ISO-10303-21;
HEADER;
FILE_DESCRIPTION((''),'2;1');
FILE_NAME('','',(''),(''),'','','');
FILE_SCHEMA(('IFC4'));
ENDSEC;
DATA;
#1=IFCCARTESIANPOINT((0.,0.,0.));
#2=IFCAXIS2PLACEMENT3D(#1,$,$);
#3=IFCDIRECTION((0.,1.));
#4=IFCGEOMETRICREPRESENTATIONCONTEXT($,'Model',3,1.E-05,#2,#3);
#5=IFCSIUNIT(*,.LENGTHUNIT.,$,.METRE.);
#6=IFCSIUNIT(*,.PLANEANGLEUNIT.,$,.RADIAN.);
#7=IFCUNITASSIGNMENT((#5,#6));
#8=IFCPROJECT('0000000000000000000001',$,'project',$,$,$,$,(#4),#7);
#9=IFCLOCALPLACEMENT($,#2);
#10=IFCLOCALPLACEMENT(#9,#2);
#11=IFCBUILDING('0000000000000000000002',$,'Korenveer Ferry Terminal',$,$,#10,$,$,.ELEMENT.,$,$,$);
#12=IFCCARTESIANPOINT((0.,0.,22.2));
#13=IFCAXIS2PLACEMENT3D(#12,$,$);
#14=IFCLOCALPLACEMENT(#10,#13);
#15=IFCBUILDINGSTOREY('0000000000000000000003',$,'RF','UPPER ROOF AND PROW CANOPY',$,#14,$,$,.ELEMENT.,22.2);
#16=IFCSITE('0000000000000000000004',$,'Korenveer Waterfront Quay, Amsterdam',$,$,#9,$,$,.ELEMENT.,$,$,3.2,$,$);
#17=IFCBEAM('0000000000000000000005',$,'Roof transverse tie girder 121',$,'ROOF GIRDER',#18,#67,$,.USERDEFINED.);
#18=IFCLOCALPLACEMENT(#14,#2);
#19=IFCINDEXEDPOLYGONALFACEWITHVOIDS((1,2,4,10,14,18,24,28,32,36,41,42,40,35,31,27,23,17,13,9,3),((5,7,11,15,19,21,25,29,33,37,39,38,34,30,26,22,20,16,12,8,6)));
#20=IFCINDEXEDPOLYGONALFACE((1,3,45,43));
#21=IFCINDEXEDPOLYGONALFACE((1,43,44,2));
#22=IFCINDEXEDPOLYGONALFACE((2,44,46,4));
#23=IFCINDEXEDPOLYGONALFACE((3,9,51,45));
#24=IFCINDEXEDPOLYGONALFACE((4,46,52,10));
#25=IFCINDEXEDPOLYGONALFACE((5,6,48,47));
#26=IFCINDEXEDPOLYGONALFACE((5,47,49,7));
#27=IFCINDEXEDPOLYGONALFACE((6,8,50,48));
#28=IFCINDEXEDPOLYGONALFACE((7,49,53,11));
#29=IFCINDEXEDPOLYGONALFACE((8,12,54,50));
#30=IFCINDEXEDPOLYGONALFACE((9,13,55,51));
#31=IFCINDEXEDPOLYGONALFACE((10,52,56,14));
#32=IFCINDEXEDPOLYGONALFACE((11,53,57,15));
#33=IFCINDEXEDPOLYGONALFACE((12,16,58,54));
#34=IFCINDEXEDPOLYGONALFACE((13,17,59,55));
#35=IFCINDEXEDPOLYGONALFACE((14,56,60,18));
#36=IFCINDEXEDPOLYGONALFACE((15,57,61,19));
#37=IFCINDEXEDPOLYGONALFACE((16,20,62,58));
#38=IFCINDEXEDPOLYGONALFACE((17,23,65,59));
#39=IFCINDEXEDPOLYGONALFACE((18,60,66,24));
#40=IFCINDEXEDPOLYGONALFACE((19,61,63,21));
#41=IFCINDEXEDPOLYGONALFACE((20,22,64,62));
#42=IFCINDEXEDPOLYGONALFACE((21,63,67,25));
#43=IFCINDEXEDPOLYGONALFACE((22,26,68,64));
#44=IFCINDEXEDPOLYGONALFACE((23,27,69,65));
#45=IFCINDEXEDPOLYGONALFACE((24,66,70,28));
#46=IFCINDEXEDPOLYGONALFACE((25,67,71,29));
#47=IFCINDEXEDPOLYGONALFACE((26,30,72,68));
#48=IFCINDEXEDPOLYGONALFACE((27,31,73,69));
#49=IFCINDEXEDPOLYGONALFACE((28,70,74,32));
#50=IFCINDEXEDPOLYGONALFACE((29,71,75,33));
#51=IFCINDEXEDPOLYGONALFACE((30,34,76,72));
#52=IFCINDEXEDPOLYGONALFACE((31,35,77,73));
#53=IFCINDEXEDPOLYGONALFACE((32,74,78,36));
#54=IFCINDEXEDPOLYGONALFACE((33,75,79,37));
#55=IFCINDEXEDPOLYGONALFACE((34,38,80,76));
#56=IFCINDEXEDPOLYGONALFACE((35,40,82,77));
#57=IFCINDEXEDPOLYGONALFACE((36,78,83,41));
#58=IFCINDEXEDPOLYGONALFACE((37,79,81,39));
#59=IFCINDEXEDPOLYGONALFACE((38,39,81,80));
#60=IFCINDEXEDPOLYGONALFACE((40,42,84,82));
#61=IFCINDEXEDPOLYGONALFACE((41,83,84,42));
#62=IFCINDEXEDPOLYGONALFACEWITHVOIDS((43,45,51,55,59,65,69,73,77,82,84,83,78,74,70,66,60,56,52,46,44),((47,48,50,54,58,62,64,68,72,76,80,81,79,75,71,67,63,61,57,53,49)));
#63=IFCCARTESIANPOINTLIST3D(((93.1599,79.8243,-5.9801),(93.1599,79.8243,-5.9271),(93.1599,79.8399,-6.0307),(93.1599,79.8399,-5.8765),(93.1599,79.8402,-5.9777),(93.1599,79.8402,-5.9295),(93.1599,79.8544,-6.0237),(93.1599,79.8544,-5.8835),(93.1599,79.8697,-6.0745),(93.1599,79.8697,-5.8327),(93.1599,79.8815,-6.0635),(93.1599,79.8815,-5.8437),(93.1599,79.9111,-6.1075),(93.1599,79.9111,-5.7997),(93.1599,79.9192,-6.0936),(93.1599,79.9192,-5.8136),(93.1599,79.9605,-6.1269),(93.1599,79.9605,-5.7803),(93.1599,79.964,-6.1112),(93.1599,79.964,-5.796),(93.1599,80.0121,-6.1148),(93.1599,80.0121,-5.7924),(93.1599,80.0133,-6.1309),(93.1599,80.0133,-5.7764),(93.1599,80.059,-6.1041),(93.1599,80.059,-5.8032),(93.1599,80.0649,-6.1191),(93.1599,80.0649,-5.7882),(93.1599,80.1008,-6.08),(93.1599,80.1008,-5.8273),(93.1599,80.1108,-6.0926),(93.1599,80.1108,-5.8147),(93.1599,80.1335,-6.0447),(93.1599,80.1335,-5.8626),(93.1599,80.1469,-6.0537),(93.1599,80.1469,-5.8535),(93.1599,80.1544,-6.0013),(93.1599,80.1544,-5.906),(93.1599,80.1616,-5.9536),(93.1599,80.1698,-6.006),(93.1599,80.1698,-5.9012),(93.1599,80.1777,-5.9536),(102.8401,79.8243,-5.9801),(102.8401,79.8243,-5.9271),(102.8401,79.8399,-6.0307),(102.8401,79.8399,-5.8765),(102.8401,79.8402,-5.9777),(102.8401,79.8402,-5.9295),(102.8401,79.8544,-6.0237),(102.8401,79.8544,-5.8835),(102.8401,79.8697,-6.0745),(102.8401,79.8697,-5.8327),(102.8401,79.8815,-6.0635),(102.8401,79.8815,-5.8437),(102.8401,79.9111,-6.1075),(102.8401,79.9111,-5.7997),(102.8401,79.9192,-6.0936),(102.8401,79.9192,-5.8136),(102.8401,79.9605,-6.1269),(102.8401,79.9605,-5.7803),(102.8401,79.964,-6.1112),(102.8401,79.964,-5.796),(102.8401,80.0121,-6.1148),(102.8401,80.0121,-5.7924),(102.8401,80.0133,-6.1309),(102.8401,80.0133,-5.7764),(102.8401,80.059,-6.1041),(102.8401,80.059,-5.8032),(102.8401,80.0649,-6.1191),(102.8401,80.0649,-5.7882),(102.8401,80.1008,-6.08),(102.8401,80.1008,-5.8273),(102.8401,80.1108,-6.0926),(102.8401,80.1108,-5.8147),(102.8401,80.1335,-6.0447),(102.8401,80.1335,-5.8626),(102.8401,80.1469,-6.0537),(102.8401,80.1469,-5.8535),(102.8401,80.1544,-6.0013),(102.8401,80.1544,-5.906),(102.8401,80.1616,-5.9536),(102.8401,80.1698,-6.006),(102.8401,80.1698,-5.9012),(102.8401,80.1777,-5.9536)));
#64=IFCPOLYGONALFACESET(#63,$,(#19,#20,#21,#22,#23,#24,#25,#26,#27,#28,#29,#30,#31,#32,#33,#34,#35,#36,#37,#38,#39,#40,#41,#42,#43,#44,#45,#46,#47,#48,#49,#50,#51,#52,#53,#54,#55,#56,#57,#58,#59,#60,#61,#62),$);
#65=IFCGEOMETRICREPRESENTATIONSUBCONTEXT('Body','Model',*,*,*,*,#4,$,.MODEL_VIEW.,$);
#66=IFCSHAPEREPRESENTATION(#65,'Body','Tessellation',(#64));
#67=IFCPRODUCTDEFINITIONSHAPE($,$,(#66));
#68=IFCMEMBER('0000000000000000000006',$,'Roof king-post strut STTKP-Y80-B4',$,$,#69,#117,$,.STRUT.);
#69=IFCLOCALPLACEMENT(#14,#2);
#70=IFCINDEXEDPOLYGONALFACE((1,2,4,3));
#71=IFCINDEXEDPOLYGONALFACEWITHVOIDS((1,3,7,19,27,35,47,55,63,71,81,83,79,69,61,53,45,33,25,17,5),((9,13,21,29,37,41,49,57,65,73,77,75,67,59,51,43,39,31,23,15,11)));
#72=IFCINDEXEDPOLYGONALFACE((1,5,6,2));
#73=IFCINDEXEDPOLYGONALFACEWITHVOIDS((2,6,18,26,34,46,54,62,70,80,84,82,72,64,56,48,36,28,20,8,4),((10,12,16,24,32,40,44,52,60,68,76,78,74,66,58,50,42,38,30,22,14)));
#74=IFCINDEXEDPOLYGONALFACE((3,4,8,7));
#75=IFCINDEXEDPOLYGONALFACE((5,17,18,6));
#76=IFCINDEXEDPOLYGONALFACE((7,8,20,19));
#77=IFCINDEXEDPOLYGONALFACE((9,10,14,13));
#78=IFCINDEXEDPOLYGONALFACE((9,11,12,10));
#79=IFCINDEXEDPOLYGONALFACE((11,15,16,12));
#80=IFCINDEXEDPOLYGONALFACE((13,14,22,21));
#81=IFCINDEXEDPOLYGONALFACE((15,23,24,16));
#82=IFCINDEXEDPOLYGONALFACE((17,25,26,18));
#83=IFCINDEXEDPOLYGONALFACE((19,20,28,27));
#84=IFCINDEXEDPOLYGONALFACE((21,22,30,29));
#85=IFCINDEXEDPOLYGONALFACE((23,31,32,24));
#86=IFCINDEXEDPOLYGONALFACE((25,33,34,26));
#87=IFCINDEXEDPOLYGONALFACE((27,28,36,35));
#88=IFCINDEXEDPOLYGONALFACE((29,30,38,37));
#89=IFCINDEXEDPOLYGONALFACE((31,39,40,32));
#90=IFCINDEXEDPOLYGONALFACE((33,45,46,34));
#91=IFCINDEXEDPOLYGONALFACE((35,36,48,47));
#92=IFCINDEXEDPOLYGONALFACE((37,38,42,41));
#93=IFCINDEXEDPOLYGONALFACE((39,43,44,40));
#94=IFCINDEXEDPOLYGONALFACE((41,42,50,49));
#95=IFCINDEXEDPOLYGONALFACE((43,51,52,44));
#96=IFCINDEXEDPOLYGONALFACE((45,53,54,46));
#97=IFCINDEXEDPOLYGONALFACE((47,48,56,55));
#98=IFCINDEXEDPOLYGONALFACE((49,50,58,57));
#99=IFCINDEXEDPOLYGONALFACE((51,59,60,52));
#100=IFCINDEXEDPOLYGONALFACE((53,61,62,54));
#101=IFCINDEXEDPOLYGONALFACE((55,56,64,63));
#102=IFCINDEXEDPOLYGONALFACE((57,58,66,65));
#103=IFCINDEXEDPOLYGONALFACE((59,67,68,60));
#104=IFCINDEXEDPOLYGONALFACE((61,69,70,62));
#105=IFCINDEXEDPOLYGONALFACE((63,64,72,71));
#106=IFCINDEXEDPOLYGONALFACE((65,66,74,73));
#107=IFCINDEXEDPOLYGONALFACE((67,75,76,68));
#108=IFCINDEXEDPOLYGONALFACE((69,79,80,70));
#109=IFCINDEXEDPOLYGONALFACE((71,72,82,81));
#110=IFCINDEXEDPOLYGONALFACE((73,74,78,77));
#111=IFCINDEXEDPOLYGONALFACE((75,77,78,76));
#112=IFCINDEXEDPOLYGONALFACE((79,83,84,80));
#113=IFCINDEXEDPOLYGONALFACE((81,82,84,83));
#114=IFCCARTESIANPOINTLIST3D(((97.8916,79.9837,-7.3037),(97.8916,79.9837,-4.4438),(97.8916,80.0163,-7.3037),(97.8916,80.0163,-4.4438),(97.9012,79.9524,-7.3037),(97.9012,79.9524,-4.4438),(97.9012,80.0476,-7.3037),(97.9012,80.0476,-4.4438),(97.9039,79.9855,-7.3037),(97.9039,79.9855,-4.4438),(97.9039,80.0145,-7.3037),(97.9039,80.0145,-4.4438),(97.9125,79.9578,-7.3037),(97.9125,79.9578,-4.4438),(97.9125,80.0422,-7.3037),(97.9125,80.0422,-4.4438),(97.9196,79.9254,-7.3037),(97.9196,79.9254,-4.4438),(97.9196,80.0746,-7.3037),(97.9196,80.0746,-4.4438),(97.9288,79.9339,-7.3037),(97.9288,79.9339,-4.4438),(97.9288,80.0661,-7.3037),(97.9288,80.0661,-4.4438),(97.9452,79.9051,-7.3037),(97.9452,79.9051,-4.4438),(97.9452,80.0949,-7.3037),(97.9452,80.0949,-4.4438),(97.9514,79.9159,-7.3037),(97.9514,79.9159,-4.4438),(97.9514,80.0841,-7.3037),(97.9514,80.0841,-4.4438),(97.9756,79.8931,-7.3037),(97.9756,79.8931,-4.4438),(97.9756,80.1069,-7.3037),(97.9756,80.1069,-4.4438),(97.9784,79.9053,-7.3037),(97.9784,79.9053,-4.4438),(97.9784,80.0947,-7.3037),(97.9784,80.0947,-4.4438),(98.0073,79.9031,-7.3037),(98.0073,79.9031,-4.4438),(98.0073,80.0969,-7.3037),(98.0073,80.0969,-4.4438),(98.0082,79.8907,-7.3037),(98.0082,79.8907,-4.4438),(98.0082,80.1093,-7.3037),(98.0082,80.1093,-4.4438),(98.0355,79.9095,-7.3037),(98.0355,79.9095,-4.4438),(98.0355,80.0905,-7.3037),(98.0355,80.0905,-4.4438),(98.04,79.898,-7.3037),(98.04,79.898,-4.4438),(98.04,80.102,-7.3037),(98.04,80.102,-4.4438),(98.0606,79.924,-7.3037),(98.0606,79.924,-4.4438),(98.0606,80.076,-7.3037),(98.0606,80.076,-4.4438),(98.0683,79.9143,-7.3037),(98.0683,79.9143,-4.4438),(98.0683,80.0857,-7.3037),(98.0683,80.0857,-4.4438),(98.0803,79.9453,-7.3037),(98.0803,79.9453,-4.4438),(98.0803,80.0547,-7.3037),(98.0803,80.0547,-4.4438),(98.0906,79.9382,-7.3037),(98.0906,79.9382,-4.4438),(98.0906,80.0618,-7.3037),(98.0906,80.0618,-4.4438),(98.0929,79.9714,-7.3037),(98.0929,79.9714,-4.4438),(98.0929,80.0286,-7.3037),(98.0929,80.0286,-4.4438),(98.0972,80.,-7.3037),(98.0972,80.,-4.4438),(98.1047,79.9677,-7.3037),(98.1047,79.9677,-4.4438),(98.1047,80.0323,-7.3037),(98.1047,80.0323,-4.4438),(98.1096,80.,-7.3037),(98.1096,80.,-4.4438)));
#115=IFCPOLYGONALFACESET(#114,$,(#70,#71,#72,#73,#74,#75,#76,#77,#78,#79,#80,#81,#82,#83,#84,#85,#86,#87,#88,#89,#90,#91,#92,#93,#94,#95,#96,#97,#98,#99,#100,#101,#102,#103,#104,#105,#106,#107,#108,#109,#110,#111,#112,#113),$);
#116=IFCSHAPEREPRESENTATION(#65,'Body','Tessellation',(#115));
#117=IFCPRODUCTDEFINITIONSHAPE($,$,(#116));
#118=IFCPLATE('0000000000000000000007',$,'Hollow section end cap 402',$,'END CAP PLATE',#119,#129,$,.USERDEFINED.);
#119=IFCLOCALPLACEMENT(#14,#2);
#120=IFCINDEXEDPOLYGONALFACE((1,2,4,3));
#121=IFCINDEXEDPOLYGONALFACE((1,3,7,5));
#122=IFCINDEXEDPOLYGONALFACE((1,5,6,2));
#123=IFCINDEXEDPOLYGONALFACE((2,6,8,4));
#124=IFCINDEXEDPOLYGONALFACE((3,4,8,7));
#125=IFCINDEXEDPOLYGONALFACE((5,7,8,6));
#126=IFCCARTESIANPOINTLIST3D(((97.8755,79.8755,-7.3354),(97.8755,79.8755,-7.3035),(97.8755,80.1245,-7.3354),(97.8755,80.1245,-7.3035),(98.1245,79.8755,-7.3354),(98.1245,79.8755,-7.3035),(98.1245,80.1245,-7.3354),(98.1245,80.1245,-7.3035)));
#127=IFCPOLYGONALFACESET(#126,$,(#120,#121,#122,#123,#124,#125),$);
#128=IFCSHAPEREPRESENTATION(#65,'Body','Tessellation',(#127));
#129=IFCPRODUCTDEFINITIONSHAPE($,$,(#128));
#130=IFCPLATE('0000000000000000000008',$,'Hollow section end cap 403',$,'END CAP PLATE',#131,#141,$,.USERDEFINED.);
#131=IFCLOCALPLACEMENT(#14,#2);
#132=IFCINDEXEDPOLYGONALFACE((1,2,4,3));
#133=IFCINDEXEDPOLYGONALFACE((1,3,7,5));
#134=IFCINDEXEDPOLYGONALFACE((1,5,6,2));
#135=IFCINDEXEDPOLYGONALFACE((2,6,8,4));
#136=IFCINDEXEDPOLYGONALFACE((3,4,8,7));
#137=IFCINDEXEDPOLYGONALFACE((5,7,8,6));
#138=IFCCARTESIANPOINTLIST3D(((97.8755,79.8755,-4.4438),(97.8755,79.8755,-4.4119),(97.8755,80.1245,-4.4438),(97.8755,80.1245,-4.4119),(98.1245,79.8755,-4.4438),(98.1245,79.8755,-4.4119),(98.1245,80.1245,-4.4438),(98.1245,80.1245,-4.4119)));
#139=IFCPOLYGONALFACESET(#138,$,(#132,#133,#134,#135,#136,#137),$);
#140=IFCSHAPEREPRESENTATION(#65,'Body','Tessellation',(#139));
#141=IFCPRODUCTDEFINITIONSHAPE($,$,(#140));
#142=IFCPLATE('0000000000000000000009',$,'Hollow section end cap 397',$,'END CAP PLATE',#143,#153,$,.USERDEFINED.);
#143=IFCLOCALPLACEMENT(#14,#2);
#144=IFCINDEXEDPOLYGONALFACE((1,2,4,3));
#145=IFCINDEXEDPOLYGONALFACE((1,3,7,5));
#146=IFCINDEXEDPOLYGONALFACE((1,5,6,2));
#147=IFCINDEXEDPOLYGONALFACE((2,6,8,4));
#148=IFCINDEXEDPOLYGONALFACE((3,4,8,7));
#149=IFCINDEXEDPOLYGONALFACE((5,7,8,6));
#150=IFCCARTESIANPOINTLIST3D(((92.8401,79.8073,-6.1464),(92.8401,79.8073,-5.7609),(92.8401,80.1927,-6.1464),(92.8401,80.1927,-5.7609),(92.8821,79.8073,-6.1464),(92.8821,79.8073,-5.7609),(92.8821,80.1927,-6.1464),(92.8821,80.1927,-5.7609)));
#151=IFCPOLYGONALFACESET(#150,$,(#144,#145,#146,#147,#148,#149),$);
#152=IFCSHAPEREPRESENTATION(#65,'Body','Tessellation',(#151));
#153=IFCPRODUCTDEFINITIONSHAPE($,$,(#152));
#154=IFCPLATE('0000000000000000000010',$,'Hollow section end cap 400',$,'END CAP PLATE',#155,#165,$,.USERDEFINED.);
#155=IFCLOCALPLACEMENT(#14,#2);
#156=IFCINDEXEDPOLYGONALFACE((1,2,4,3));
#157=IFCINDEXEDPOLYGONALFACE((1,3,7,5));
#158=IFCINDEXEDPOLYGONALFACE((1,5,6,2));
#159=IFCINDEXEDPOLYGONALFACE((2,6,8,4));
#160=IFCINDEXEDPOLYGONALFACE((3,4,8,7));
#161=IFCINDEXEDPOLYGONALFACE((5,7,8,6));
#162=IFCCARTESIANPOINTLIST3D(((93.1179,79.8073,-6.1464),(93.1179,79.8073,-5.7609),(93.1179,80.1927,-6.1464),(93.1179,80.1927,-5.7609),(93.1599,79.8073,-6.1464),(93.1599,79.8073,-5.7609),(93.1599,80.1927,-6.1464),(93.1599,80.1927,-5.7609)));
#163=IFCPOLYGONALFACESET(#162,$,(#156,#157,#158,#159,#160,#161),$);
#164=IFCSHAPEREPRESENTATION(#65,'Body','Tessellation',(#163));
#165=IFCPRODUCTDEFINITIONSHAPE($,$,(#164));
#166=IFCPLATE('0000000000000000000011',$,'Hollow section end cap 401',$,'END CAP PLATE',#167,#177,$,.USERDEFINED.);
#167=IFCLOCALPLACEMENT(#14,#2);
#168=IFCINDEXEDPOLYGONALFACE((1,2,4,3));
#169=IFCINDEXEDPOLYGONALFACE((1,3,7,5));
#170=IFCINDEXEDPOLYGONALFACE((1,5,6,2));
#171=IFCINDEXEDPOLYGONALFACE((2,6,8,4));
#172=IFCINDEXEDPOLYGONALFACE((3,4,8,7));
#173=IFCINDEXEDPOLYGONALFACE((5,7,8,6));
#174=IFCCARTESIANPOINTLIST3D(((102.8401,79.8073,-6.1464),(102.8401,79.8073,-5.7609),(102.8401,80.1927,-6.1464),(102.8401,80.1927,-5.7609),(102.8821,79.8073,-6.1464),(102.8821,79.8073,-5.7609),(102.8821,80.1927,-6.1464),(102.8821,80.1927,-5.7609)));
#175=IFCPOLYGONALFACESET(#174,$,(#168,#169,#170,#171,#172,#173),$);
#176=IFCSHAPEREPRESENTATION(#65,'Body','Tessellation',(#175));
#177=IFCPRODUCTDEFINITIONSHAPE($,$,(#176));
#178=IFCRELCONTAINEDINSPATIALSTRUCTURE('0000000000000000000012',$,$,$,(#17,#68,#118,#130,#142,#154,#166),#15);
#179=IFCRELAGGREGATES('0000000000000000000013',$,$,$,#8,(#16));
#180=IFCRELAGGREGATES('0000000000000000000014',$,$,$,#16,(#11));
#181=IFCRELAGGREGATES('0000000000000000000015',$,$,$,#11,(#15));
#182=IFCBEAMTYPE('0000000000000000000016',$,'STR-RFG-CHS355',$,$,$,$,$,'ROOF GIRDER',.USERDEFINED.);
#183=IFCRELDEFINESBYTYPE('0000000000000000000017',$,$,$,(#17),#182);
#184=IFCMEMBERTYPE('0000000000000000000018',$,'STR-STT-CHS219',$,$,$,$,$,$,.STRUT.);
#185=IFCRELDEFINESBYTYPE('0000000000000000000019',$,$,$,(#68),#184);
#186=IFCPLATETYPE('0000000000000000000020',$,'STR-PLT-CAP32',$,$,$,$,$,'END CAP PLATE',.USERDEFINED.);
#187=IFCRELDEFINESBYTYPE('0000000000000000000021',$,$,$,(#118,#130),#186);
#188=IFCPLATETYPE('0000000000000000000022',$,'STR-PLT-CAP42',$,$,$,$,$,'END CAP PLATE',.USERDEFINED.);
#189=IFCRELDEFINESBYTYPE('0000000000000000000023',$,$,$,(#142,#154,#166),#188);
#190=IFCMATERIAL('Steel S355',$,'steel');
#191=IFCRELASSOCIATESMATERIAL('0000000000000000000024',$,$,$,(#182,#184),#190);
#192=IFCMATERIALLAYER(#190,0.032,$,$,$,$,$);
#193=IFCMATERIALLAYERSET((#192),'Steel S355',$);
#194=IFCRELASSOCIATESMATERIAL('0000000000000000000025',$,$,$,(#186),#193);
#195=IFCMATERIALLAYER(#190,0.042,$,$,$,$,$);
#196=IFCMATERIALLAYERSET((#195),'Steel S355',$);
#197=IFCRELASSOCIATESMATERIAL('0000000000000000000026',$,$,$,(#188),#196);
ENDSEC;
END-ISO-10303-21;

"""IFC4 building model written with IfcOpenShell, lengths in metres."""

from ifc_helpers import new_model, si_unit, direction, frame, origin, origin_2d, place, context, subcontext, project, spatial, rectangle, hollow_circle, extrude, material, layer, layer_set, material_profile, profile_set, type_object, element, save


model = new_model("IFC4")

# Units and contexts
model_context = context("Model", 3, precision=1e-05, world=origin(), true_north=direction((0.0, 1.0)))
body_context = subcontext(model_context, "Body", "Model", "MODEL_VIEW")
ifc_project = project(units=[si_unit("LENGTHUNIT", "METRE"), si_unit("PLANEANGLEUNIT", "RADIAN")], contexts=[model_context])

# Site, building, storey
site_placement = place(None, origin())
site = spatial("IfcSite", under=ifc_project, at=site_placement, Name="Korenveer Waterfront Quay, Amsterdam", CompositionType="ELEMENT", RefElevation=3.2)
building_placement = place(site_placement, origin())
building = spatial("IfcBuilding", under=site, at=building_placement, Name="Korenveer Ferry Terminal", CompositionType="ELEMENT")
storey_placement = place(building_placement, frame((0.0, 0.0, 22.2)))
storey = spatial("IfcBuildingStorey", under=building, at=storey_placement, Name="RF", Description="UPPER ROOF AND PROW CANOPY", CompositionType="ELEMENT", Elevation=22.2)

# Beam
ifc_material_1 = material(Name="Steel S355", Category="steel")
ifc_material_profile_1 = material_profile(ifc_material_1, hollow_circle(Radius=0.1777, WallThickness=0.0161, at=origin_2d()), Name="CHS 355.6x16")
ifc_profile_set_1 = profile_set([ifc_material_profile_1], Name="Steel S355")
beam_type = type_object("IfcBeamType", Name="STR-RFG-CHS355", ElementType="ROOF GIRDER", PredefinedType="USERDEFINED", material=ifc_profile_set_1)
beam_placement = place(storey_placement, frame((93.1599, 80.0, -5.9536), z_axis=(1.0, 0.0, 0.0), x_axis=(0.0, 1.0, 0.0)))
element("IfcBeam", 1, at=beam_placement, inside=storey, type_object=beam_type, Name="Roof transverse tie girder 121", ObjectType="ROOF GIRDER", PredefinedType="USERDEFINED", context=body_context, shape_type="SweptSolid", body=[
    extrude(hollow_circle(Radius=0.1777, WallThickness=0.0161, at=origin_2d()), origin(), (0.0, 0.0, 1.0), 9.6802),
])

# Member
ifc_material_profile_2 = material_profile(ifc_material_1, hollow_circle(Radius=0.1096, WallThickness=0.0125, at=origin_2d()), Name="CHS 219.1x12.5")
ifc_profile_set_2 = profile_set([ifc_material_profile_2], Name="Steel S355")
member_type_1 = type_object("IfcMemberType", Name="STR-STT-CHS219", PredefinedType="STRUT", material=ifc_profile_set_2)
member_placement = place(storey_placement, frame((98.0, 80.0, -7.3037), z_axis=(0.0, 0.0, 1.0), x_axis=(1.0, 0.0, 0.0)))
element("IfcMember", 2, at=member_placement, inside=storey, type_object=member_type_1, Name="Roof king-post strut STTKP-Y80-B4", PredefinedType="STRUT", context=body_context, shape_type="SweptSolid", body=[
    extrude(hollow_circle(Radius=0.1096, WallThickness=0.0125, at=origin_2d()), origin(), (0.0, 0.0, 1.0), 2.8599),
])

# Plates
ifc_layer_1 = layer(ifc_material_1, 0.032)
ifc_layer_set_1 = layer_set([ifc_layer_1], Name="Steel S355")
plate_type_1 = type_object("IfcPlateType", Name="STR-PLT-CAP32", ElementType="END CAP PLATE", PredefinedType="USERDEFINED", material=ifc_layer_set_1)
for number, where, z_axis, x_axis, name in (
    (3, (98.0, 80.0, -7.3354), (0.0, 0.0, 1.0), (1.0, 0.0, 0.0), "Hollow section end cap 402"),
    (4, (98.0, 80.0, -4.4438), (0.0, 0.0, 1.0), (1.0, 0.0, 0.0), "Hollow section end cap 403"),
):
    element("IfcPlate", number, at=place(storey_placement, frame(where, z_axis=z_axis, x_axis=x_axis)), inside=storey, type_object=plate_type_1, Name=name, ObjectType="END CAP PLATE", PredefinedType="USERDEFINED", context=body_context, shape_type="SweptSolid", body=[
        extrude(rectangle(XDim=0.249, YDim=0.249, at=origin_2d()), origin(), (0.0, 0.0, 1.0), 0.032),
    ])
ifc_layer_2 = layer(ifc_material_1, 0.042)
ifc_layer_set_2 = layer_set([ifc_layer_2], Name="Steel S355")
plate_type_2 = type_object("IfcPlateType", Name="STR-PLT-CAP42", ElementType="END CAP PLATE", PredefinedType="USERDEFINED", material=ifc_layer_set_2)
for number, where, z_axis, x_axis, name in (
    (5, (92.8401, 80.0, -5.9536), (1.0, 0.0, 0.0), (0.0, 1.0, 0.0), "Hollow section end cap 397"),
    (6, (93.1179, 80.0, -5.9536), (1.0, 0.0, 0.0), (0.0, 1.0, 0.0), "Hollow section end cap 400"),
    (7, (102.8401, 80.0, -5.9536), (1.0, 0.0, 0.0), (0.0, 1.0, 0.0), "Hollow section end cap 401"),
):
    element("IfcPlate", number, at=place(storey_placement, frame(where, z_axis=z_axis, x_axis=x_axis)), inside=storey, type_object=plate_type_2, Name=name, ObjectType="END CAP PLATE", PredefinedType="USERDEFINED", context=body_context, shape_type="SweptSolid", body=[
        extrude(rectangle(XDim=0.3855, YDim=0.3855, at=origin_2d()), origin(), (0.0, 0.0, 1.0), 0.042),
    ])

save(model, "model.ifc")
